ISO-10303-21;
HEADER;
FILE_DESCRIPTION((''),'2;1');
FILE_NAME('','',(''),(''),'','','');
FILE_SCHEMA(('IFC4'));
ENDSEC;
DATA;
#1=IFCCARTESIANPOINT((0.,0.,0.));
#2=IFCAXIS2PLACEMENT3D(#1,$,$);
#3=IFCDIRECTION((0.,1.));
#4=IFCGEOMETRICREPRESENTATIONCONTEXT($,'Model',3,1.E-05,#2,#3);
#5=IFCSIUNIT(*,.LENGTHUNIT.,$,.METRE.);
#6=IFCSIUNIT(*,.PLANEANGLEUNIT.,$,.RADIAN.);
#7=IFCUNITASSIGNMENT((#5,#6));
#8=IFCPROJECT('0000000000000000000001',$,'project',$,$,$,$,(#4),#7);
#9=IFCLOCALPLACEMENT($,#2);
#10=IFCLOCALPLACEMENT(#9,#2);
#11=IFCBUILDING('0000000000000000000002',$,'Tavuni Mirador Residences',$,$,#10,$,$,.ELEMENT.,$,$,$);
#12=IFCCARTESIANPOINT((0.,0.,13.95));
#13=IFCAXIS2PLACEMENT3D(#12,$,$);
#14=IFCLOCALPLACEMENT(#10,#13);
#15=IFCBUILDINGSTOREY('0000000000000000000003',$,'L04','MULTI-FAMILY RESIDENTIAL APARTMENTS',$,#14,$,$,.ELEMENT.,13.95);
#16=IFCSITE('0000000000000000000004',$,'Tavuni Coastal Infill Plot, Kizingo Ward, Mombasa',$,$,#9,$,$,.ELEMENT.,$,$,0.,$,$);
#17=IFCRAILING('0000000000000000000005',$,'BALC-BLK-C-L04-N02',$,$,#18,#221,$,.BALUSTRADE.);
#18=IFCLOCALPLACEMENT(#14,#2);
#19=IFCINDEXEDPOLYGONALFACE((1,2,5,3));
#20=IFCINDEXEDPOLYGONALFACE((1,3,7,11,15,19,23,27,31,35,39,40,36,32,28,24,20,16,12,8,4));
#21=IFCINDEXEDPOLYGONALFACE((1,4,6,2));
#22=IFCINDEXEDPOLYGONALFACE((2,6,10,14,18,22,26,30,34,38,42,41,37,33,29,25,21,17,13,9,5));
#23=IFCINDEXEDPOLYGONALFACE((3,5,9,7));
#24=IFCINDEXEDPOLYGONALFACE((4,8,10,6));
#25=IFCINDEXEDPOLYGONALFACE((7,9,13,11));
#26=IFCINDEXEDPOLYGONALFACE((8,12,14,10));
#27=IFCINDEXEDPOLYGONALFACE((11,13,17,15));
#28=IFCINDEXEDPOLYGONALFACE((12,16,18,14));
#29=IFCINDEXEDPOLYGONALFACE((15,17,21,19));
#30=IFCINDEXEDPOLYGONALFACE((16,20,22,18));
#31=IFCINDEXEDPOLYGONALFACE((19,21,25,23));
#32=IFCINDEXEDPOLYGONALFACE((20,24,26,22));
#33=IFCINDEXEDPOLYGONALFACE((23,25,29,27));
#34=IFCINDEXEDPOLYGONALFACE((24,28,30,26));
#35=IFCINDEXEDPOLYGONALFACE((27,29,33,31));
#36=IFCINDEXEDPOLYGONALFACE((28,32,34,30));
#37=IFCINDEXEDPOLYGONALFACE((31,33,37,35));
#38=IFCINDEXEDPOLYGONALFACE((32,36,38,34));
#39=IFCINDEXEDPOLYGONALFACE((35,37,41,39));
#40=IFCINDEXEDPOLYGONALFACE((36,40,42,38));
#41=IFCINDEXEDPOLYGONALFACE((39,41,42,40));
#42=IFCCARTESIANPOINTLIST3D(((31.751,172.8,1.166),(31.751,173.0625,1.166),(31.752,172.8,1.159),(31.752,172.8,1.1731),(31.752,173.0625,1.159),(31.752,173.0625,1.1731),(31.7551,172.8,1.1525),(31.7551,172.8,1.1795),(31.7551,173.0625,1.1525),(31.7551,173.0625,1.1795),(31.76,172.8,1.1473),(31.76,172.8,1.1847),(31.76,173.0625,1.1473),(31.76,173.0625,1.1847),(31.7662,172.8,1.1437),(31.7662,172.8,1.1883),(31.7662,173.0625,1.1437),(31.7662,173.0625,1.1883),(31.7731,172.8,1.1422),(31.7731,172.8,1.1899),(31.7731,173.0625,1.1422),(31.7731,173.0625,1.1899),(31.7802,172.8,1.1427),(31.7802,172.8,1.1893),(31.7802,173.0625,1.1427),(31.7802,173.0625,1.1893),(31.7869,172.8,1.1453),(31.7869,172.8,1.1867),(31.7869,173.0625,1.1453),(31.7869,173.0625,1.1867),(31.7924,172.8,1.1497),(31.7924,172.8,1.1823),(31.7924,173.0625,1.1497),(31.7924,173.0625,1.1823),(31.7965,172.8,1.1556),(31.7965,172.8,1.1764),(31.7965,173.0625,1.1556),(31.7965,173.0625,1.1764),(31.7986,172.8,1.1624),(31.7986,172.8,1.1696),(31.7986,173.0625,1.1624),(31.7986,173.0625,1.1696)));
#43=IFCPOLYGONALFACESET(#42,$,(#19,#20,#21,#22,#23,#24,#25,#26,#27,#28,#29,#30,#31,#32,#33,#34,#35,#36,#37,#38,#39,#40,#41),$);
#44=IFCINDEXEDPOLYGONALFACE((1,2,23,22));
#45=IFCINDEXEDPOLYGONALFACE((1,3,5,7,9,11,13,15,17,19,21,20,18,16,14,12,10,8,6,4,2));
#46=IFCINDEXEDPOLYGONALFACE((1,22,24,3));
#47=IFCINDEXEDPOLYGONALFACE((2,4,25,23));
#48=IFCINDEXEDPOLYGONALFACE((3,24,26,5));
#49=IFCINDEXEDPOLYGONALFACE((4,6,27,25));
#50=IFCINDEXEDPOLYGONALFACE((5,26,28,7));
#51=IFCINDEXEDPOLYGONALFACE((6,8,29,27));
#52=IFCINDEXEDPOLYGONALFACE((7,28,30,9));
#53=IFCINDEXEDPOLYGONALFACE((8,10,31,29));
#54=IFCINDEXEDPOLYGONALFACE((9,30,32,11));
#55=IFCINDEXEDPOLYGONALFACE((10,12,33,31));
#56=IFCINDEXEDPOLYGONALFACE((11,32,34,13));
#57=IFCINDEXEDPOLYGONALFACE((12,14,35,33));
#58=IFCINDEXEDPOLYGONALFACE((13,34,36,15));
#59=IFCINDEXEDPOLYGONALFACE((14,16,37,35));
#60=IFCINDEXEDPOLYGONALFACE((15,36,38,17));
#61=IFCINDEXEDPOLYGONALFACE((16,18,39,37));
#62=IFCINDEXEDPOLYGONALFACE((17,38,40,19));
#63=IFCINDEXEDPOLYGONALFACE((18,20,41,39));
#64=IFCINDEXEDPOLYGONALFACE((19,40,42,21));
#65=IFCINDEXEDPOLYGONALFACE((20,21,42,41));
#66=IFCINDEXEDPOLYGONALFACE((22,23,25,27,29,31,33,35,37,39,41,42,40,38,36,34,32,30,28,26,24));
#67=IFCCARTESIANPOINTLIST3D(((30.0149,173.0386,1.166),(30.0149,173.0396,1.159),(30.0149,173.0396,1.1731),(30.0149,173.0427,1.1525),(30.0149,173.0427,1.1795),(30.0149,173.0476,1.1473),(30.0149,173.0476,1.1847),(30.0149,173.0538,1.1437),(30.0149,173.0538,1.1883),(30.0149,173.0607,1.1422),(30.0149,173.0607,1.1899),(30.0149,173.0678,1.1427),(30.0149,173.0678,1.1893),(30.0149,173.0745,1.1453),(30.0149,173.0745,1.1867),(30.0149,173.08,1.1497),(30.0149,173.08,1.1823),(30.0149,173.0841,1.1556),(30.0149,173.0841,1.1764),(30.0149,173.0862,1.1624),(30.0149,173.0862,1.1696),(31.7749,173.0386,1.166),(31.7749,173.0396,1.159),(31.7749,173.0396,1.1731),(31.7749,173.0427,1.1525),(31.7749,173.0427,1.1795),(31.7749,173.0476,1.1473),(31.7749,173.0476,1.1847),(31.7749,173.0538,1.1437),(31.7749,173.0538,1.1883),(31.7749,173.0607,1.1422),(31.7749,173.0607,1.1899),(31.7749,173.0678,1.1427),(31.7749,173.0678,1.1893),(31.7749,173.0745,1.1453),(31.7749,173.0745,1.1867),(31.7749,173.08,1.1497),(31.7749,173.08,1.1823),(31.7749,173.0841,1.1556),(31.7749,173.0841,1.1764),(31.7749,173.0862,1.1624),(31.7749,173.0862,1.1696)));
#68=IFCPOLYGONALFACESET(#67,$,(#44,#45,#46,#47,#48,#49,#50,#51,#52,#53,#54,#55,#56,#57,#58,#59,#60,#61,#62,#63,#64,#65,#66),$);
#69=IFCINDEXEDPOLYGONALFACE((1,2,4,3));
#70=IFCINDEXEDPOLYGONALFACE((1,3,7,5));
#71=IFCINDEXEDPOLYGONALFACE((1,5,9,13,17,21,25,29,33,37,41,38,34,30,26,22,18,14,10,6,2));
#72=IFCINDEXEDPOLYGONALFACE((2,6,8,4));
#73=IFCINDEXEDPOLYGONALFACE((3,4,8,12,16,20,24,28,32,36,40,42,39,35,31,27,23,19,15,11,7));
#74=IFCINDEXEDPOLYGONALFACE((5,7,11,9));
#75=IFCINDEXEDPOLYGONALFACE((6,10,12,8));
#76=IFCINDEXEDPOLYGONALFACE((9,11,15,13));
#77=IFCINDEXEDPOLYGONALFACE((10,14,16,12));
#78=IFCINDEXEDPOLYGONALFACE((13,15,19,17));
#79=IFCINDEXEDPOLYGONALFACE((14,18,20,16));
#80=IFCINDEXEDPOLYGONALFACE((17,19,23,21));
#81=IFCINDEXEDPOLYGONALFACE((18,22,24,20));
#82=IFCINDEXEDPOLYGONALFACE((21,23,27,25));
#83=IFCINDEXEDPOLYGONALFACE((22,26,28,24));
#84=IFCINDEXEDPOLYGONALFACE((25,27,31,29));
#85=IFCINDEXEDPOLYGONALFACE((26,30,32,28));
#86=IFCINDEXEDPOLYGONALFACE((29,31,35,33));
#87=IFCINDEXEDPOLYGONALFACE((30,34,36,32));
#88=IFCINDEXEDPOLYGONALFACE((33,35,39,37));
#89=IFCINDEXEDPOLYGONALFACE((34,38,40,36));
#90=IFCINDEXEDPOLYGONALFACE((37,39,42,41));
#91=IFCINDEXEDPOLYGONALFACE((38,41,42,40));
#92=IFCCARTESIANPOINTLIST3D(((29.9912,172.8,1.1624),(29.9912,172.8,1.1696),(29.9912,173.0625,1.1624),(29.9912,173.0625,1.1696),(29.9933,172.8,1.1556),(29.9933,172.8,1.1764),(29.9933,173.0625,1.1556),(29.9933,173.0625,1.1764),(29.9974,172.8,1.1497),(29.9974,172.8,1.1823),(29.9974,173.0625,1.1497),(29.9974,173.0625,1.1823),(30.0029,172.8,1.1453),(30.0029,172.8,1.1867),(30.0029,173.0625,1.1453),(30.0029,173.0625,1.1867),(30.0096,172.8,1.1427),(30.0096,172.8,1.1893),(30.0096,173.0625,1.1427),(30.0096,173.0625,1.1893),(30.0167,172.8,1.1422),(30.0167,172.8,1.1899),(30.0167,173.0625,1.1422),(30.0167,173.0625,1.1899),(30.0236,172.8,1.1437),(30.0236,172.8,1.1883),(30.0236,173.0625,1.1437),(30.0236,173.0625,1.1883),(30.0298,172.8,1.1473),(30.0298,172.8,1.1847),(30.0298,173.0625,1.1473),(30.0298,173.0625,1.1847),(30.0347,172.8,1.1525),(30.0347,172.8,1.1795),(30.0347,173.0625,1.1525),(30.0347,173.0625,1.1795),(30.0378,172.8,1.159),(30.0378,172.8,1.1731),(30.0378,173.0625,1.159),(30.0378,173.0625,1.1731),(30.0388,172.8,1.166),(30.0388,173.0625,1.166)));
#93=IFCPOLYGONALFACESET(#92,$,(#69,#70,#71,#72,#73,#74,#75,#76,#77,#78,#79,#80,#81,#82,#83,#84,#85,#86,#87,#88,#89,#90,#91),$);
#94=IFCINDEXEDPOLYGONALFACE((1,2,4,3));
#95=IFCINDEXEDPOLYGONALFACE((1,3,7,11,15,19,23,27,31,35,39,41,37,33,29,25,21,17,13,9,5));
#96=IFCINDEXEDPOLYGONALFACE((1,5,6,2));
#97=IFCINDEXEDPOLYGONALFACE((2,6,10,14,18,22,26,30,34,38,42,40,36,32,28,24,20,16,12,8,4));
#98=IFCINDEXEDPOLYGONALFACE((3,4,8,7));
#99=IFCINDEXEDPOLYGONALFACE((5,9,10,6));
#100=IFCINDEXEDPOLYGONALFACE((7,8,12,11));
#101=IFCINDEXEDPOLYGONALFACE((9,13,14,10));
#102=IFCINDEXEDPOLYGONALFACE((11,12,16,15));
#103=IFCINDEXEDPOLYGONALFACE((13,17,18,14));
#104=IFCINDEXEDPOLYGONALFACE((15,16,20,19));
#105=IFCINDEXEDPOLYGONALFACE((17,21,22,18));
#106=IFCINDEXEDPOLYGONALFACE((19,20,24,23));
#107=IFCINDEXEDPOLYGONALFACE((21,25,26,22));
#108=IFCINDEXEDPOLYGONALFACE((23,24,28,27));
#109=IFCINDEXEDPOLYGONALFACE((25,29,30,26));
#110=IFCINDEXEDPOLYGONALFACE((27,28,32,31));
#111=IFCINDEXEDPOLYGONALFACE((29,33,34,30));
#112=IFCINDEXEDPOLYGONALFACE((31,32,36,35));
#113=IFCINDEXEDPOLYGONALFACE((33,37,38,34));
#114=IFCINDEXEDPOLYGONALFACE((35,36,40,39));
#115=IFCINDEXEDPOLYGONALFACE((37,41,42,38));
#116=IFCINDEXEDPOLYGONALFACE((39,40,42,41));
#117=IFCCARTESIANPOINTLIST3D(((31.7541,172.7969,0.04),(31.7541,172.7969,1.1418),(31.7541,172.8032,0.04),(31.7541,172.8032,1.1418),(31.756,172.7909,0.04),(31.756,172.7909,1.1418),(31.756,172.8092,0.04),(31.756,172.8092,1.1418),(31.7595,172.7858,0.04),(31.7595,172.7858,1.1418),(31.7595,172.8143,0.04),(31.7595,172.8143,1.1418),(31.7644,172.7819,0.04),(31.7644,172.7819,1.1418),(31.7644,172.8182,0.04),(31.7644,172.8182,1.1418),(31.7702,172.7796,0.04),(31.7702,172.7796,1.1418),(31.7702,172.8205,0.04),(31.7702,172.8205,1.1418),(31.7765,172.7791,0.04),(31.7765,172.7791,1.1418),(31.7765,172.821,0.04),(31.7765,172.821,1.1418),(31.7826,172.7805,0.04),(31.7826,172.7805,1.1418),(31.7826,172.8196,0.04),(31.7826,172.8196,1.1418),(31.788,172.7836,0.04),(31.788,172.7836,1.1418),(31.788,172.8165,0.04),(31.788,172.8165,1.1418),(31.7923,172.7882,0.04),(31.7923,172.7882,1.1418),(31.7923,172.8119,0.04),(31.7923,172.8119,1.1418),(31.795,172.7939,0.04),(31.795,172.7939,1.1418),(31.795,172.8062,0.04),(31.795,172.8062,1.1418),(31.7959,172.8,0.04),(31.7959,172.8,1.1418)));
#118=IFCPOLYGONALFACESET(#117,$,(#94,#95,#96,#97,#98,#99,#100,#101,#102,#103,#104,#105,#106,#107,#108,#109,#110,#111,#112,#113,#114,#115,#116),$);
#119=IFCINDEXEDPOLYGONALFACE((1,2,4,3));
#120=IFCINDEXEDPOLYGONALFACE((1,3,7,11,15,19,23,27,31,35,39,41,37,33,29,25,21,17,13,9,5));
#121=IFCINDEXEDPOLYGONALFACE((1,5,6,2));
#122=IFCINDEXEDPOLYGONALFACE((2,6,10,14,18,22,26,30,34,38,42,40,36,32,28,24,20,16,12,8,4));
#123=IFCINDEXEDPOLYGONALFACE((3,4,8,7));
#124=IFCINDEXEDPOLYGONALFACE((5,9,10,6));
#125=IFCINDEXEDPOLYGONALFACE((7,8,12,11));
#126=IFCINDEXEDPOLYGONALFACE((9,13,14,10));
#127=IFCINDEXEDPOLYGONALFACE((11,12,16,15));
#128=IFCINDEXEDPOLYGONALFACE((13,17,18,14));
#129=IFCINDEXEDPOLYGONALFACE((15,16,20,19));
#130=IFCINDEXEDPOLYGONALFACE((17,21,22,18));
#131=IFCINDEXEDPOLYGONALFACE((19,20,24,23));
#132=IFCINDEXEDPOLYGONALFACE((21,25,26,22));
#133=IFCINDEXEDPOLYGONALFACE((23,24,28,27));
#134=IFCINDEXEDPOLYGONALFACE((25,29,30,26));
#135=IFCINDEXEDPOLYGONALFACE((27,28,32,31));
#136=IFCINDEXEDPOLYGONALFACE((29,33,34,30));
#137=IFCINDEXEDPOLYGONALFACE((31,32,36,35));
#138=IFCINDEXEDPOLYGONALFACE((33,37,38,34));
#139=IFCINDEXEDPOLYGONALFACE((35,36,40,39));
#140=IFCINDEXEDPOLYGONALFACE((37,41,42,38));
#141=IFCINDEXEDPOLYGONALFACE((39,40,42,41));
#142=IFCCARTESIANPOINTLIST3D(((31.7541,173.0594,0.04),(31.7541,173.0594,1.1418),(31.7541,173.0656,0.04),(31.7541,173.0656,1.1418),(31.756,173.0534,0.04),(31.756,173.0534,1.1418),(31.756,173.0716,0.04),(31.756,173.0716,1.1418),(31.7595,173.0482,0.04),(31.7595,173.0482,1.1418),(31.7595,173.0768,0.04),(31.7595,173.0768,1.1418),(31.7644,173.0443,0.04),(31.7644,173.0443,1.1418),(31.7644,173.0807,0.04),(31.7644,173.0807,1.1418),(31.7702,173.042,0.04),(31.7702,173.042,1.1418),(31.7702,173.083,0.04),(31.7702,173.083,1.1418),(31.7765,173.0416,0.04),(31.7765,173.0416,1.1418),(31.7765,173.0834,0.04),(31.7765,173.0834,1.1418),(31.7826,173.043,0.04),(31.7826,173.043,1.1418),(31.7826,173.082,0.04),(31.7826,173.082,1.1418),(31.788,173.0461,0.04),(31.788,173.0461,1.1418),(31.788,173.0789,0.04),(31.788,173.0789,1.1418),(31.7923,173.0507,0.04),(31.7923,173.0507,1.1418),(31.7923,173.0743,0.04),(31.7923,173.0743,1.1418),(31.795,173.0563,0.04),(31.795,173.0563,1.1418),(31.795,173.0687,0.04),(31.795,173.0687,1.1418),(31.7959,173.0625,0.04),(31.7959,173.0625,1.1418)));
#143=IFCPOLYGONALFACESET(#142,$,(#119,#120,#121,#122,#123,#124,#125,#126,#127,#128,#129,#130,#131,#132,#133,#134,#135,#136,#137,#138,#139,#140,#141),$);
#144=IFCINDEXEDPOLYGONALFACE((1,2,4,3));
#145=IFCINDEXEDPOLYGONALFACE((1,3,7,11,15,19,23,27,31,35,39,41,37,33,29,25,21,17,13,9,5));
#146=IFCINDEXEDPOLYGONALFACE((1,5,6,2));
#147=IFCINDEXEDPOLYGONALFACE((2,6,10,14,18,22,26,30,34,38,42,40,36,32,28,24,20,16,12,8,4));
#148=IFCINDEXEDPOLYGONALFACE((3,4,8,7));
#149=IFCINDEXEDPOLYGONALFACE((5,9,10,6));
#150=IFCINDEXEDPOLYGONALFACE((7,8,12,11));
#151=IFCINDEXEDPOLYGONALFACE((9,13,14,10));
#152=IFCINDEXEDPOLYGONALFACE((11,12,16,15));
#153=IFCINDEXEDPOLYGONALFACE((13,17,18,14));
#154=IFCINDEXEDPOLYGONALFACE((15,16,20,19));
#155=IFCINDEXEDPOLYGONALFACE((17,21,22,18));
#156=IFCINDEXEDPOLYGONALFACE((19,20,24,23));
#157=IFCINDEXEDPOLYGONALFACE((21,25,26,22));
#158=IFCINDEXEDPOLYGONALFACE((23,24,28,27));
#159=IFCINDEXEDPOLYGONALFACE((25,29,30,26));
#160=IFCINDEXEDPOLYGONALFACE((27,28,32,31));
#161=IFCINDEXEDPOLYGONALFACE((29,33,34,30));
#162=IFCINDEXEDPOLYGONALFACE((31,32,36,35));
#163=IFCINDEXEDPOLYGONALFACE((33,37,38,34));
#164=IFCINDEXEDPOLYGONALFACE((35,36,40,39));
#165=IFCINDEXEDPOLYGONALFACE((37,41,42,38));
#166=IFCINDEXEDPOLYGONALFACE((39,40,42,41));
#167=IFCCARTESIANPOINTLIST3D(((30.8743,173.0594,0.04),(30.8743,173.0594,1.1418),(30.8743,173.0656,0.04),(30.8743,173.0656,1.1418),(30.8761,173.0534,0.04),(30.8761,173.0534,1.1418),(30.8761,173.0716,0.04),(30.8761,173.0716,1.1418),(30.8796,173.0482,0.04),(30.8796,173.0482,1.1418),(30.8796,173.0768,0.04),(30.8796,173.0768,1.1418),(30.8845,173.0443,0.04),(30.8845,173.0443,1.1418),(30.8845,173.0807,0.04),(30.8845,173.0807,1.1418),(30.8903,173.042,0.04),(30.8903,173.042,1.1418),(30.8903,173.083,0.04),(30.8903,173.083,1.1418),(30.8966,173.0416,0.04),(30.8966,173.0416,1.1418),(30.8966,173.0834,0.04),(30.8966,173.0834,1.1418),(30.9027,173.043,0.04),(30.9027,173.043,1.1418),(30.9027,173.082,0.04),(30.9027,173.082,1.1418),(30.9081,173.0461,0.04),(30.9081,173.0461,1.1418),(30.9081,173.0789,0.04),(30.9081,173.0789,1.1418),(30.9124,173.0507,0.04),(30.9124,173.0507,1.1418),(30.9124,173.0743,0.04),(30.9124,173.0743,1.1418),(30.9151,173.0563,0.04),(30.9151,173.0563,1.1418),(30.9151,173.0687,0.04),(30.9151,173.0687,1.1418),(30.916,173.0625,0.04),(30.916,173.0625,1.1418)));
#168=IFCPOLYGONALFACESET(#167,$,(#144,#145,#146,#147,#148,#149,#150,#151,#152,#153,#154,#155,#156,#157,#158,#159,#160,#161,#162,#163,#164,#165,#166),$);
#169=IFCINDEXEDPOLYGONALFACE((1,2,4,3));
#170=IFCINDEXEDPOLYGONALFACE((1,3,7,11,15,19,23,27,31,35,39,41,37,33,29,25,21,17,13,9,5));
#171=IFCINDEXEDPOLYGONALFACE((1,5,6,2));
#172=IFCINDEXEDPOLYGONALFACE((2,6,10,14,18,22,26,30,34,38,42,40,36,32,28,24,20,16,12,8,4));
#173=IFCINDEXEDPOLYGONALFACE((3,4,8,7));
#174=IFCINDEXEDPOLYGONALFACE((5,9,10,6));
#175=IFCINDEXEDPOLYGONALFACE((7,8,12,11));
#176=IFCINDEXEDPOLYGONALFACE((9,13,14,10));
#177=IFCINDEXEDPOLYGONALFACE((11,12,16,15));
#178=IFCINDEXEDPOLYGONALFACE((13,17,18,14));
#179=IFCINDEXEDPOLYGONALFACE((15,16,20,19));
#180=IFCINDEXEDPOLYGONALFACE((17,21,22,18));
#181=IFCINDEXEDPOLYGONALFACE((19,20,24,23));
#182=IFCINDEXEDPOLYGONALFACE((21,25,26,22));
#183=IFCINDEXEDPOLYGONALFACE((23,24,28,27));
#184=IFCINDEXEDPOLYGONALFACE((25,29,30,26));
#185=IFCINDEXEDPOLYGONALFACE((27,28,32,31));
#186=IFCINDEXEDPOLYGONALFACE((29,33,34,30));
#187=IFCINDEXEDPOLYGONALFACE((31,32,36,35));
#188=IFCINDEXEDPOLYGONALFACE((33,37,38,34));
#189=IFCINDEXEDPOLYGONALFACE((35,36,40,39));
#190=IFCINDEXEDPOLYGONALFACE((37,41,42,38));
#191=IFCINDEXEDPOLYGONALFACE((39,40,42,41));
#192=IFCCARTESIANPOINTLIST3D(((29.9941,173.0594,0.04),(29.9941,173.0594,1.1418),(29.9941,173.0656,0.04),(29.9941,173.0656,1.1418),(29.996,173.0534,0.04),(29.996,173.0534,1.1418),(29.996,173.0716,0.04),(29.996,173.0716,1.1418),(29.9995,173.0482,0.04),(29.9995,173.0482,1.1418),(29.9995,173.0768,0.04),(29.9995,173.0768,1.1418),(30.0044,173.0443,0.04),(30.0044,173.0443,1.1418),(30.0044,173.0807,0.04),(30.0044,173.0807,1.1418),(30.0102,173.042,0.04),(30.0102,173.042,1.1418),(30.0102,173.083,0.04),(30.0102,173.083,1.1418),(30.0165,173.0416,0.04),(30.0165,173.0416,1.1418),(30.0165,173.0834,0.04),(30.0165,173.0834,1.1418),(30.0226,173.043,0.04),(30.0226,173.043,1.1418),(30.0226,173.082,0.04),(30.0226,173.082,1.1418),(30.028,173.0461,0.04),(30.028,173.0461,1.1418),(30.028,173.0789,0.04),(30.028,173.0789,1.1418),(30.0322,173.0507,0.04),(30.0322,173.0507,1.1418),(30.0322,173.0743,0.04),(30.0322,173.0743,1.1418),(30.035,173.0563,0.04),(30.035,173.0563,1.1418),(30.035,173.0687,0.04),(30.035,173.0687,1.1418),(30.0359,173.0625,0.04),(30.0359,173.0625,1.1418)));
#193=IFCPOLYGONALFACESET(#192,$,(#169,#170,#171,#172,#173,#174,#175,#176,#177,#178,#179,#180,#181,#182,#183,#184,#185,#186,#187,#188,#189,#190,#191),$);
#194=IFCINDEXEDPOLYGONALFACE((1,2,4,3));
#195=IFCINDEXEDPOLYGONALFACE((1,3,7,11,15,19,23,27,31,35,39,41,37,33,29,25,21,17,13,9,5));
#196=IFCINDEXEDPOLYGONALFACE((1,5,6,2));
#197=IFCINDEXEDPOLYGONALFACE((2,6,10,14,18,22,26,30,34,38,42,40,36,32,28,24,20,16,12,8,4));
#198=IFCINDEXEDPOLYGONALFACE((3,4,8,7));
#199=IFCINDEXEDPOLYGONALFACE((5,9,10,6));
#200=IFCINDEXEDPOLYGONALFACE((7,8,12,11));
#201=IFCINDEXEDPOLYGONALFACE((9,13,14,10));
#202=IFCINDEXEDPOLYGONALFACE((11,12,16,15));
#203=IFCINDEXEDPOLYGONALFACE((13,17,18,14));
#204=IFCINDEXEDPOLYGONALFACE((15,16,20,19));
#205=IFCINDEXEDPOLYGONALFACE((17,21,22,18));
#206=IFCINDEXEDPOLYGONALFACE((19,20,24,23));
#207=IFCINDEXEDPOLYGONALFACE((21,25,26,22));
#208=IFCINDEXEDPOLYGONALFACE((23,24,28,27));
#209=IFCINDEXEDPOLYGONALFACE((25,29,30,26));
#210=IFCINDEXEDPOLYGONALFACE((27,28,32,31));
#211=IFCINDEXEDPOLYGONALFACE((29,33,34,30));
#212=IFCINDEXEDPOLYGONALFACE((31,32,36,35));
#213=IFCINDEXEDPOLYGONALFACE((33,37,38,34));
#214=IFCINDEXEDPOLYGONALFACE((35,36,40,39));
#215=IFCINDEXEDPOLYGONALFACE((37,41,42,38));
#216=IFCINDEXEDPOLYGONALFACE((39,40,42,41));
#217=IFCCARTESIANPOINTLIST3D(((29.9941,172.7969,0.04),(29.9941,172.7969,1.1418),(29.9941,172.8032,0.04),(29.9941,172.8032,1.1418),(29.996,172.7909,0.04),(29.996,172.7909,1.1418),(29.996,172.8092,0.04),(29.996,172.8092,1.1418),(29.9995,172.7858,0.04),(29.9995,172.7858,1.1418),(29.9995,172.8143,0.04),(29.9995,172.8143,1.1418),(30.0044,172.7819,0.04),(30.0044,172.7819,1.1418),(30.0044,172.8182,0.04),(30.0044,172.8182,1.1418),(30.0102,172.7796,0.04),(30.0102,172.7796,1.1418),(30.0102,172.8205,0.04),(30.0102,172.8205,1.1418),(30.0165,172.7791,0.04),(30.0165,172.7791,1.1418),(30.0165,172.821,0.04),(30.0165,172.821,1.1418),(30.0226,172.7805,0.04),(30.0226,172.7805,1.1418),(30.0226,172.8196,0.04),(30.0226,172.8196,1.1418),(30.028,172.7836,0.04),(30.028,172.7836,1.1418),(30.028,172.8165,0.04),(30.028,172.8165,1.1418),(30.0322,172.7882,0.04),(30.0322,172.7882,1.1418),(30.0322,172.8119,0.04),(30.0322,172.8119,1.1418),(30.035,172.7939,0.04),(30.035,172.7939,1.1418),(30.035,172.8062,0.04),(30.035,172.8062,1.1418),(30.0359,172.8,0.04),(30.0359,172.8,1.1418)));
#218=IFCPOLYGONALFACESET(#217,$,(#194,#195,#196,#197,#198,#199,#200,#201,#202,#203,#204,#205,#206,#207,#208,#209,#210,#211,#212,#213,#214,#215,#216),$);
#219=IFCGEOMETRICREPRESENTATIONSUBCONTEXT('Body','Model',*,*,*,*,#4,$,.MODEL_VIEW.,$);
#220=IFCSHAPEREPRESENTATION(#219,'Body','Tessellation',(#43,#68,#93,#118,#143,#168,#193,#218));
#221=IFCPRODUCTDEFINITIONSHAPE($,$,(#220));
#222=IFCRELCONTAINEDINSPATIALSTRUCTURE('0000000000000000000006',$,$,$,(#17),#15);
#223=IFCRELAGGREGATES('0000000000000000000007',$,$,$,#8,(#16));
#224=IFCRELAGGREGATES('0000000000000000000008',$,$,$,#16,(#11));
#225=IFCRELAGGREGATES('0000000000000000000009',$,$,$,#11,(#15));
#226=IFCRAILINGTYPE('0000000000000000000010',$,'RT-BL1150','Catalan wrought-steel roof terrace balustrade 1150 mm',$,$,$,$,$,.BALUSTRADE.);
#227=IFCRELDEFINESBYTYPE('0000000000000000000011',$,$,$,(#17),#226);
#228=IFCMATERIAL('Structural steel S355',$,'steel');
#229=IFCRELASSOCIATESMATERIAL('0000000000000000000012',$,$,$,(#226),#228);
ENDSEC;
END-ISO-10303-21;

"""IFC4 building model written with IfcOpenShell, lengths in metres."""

from ifc_helpers import new_model, si_unit, direction, frame, origin, origin_2d, place, context, subcontext, project, spatial, circle, extrude, material, type_object, element, save


model = new_model("IFC4")

# Units and contexts
model_context = context("Model", 3, precision=1e-05, world=origin(), true_north=direction((0.0, 1.0)))
body_context = subcontext(model_context, "Body", "Model", "MODEL_VIEW")
ifc_project = project(units=[si_unit("LENGTHUNIT", "METRE"), si_unit("PLANEANGLEUNIT", "RADIAN")], contexts=[model_context])

# Site, building, storey
site_placement = place(None, origin())
site = spatial("IfcSite", under=ifc_project, at=site_placement, Name="Tavuni Coastal Infill Plot, Kizingo Ward, Mombasa", CompositionType="ELEMENT", RefElevation=0.0)
building_placement = place(site_placement, origin())
building = spatial("IfcBuilding", under=site, at=building_placement, Name="Tavuni Mirador Residences", CompositionType="ELEMENT")
storey_placement = place(building_placement, frame((0.0, 0.0, 13.95)))
storey = spatial("IfcBuildingStorey", under=building, at=storey_placement, Name="L04", Description="MULTI-FAMILY RESIDENTIAL APARTMENTS", CompositionType="ELEMENT", Elevation=13.95)

# Shared definitions
ifc_material_1 = material(Name="Structural steel S355", Category="steel")

# Railing
railing_type = type_object("IfcRailingType", Name="RT-BL1150", Description="Catalan wrought-steel roof terrace balustrade 1150 mm", PredefinedType="BALUSTRADE", material=ifc_material_1)
railing_placement = place(storey_placement, frame((31.7749, 172.8, 0.04)))
element("IfcRailing", 1, at=railing_placement, inside=storey, type_object=railing_type, Name="BALC-BLK-C-L04-N02", PredefinedType="BALUSTRADE", context=body_context, shape_type="SweptSolid", body=[
    extrude(circle(Radius=0.0239, at=origin_2d()), frame((0.0, 0.0, 1.126), z_axis=(0.0, 1.0, 0.0), x_axis=(-1.0, 0.0, 0.0)), (0.0, 0.0, 1.0), 0.2625),
    extrude(circle(Radius=0.0239, at=origin_2d()), frame((0.0, 0.2625, 1.126), z_axis=(-1.0, 0.0, 0.0), x_axis=(0.0, -1.0, 0.0)), (0.0, 0.0, 1.0), 1.76),
    extrude(circle(Radius=0.0239, at=origin_2d()), frame((-1.76, 0.2625, 1.126), z_axis=(0.0, -1.0, 0.0), x_axis=(1.0, 0.0, 0.0)), (0.0, 0.0, 1.0), 0.2625),
    extrude(circle(Radius=0.021, at=origin_2d()), origin(), (0.0, 0.0, 1.0), 1.1018),
    extrude(circle(Radius=0.021, at=origin_2d()), frame((0.0, 0.2625, 0.0)), (0.0, 0.0, 1.0), 1.1018),
    extrude(circle(Radius=0.021, at=origin_2d()), frame((-0.8799, 0.2625, 0.0)), (0.0, 0.0, 1.0), 1.1018),
    extrude(circle(Radius=0.021, at=origin_2d()), frame((-1.76, 0.2625, 0.0)), (0.0, 0.0, 1.0), 1.1018),
    extrude(circle(Radius=0.021, at=origin_2d()), frame((-1.76, 0.0, 0.0)), (0.0, 0.0, 1.0), 1.1018),
])

save(model, "model.ifc")
